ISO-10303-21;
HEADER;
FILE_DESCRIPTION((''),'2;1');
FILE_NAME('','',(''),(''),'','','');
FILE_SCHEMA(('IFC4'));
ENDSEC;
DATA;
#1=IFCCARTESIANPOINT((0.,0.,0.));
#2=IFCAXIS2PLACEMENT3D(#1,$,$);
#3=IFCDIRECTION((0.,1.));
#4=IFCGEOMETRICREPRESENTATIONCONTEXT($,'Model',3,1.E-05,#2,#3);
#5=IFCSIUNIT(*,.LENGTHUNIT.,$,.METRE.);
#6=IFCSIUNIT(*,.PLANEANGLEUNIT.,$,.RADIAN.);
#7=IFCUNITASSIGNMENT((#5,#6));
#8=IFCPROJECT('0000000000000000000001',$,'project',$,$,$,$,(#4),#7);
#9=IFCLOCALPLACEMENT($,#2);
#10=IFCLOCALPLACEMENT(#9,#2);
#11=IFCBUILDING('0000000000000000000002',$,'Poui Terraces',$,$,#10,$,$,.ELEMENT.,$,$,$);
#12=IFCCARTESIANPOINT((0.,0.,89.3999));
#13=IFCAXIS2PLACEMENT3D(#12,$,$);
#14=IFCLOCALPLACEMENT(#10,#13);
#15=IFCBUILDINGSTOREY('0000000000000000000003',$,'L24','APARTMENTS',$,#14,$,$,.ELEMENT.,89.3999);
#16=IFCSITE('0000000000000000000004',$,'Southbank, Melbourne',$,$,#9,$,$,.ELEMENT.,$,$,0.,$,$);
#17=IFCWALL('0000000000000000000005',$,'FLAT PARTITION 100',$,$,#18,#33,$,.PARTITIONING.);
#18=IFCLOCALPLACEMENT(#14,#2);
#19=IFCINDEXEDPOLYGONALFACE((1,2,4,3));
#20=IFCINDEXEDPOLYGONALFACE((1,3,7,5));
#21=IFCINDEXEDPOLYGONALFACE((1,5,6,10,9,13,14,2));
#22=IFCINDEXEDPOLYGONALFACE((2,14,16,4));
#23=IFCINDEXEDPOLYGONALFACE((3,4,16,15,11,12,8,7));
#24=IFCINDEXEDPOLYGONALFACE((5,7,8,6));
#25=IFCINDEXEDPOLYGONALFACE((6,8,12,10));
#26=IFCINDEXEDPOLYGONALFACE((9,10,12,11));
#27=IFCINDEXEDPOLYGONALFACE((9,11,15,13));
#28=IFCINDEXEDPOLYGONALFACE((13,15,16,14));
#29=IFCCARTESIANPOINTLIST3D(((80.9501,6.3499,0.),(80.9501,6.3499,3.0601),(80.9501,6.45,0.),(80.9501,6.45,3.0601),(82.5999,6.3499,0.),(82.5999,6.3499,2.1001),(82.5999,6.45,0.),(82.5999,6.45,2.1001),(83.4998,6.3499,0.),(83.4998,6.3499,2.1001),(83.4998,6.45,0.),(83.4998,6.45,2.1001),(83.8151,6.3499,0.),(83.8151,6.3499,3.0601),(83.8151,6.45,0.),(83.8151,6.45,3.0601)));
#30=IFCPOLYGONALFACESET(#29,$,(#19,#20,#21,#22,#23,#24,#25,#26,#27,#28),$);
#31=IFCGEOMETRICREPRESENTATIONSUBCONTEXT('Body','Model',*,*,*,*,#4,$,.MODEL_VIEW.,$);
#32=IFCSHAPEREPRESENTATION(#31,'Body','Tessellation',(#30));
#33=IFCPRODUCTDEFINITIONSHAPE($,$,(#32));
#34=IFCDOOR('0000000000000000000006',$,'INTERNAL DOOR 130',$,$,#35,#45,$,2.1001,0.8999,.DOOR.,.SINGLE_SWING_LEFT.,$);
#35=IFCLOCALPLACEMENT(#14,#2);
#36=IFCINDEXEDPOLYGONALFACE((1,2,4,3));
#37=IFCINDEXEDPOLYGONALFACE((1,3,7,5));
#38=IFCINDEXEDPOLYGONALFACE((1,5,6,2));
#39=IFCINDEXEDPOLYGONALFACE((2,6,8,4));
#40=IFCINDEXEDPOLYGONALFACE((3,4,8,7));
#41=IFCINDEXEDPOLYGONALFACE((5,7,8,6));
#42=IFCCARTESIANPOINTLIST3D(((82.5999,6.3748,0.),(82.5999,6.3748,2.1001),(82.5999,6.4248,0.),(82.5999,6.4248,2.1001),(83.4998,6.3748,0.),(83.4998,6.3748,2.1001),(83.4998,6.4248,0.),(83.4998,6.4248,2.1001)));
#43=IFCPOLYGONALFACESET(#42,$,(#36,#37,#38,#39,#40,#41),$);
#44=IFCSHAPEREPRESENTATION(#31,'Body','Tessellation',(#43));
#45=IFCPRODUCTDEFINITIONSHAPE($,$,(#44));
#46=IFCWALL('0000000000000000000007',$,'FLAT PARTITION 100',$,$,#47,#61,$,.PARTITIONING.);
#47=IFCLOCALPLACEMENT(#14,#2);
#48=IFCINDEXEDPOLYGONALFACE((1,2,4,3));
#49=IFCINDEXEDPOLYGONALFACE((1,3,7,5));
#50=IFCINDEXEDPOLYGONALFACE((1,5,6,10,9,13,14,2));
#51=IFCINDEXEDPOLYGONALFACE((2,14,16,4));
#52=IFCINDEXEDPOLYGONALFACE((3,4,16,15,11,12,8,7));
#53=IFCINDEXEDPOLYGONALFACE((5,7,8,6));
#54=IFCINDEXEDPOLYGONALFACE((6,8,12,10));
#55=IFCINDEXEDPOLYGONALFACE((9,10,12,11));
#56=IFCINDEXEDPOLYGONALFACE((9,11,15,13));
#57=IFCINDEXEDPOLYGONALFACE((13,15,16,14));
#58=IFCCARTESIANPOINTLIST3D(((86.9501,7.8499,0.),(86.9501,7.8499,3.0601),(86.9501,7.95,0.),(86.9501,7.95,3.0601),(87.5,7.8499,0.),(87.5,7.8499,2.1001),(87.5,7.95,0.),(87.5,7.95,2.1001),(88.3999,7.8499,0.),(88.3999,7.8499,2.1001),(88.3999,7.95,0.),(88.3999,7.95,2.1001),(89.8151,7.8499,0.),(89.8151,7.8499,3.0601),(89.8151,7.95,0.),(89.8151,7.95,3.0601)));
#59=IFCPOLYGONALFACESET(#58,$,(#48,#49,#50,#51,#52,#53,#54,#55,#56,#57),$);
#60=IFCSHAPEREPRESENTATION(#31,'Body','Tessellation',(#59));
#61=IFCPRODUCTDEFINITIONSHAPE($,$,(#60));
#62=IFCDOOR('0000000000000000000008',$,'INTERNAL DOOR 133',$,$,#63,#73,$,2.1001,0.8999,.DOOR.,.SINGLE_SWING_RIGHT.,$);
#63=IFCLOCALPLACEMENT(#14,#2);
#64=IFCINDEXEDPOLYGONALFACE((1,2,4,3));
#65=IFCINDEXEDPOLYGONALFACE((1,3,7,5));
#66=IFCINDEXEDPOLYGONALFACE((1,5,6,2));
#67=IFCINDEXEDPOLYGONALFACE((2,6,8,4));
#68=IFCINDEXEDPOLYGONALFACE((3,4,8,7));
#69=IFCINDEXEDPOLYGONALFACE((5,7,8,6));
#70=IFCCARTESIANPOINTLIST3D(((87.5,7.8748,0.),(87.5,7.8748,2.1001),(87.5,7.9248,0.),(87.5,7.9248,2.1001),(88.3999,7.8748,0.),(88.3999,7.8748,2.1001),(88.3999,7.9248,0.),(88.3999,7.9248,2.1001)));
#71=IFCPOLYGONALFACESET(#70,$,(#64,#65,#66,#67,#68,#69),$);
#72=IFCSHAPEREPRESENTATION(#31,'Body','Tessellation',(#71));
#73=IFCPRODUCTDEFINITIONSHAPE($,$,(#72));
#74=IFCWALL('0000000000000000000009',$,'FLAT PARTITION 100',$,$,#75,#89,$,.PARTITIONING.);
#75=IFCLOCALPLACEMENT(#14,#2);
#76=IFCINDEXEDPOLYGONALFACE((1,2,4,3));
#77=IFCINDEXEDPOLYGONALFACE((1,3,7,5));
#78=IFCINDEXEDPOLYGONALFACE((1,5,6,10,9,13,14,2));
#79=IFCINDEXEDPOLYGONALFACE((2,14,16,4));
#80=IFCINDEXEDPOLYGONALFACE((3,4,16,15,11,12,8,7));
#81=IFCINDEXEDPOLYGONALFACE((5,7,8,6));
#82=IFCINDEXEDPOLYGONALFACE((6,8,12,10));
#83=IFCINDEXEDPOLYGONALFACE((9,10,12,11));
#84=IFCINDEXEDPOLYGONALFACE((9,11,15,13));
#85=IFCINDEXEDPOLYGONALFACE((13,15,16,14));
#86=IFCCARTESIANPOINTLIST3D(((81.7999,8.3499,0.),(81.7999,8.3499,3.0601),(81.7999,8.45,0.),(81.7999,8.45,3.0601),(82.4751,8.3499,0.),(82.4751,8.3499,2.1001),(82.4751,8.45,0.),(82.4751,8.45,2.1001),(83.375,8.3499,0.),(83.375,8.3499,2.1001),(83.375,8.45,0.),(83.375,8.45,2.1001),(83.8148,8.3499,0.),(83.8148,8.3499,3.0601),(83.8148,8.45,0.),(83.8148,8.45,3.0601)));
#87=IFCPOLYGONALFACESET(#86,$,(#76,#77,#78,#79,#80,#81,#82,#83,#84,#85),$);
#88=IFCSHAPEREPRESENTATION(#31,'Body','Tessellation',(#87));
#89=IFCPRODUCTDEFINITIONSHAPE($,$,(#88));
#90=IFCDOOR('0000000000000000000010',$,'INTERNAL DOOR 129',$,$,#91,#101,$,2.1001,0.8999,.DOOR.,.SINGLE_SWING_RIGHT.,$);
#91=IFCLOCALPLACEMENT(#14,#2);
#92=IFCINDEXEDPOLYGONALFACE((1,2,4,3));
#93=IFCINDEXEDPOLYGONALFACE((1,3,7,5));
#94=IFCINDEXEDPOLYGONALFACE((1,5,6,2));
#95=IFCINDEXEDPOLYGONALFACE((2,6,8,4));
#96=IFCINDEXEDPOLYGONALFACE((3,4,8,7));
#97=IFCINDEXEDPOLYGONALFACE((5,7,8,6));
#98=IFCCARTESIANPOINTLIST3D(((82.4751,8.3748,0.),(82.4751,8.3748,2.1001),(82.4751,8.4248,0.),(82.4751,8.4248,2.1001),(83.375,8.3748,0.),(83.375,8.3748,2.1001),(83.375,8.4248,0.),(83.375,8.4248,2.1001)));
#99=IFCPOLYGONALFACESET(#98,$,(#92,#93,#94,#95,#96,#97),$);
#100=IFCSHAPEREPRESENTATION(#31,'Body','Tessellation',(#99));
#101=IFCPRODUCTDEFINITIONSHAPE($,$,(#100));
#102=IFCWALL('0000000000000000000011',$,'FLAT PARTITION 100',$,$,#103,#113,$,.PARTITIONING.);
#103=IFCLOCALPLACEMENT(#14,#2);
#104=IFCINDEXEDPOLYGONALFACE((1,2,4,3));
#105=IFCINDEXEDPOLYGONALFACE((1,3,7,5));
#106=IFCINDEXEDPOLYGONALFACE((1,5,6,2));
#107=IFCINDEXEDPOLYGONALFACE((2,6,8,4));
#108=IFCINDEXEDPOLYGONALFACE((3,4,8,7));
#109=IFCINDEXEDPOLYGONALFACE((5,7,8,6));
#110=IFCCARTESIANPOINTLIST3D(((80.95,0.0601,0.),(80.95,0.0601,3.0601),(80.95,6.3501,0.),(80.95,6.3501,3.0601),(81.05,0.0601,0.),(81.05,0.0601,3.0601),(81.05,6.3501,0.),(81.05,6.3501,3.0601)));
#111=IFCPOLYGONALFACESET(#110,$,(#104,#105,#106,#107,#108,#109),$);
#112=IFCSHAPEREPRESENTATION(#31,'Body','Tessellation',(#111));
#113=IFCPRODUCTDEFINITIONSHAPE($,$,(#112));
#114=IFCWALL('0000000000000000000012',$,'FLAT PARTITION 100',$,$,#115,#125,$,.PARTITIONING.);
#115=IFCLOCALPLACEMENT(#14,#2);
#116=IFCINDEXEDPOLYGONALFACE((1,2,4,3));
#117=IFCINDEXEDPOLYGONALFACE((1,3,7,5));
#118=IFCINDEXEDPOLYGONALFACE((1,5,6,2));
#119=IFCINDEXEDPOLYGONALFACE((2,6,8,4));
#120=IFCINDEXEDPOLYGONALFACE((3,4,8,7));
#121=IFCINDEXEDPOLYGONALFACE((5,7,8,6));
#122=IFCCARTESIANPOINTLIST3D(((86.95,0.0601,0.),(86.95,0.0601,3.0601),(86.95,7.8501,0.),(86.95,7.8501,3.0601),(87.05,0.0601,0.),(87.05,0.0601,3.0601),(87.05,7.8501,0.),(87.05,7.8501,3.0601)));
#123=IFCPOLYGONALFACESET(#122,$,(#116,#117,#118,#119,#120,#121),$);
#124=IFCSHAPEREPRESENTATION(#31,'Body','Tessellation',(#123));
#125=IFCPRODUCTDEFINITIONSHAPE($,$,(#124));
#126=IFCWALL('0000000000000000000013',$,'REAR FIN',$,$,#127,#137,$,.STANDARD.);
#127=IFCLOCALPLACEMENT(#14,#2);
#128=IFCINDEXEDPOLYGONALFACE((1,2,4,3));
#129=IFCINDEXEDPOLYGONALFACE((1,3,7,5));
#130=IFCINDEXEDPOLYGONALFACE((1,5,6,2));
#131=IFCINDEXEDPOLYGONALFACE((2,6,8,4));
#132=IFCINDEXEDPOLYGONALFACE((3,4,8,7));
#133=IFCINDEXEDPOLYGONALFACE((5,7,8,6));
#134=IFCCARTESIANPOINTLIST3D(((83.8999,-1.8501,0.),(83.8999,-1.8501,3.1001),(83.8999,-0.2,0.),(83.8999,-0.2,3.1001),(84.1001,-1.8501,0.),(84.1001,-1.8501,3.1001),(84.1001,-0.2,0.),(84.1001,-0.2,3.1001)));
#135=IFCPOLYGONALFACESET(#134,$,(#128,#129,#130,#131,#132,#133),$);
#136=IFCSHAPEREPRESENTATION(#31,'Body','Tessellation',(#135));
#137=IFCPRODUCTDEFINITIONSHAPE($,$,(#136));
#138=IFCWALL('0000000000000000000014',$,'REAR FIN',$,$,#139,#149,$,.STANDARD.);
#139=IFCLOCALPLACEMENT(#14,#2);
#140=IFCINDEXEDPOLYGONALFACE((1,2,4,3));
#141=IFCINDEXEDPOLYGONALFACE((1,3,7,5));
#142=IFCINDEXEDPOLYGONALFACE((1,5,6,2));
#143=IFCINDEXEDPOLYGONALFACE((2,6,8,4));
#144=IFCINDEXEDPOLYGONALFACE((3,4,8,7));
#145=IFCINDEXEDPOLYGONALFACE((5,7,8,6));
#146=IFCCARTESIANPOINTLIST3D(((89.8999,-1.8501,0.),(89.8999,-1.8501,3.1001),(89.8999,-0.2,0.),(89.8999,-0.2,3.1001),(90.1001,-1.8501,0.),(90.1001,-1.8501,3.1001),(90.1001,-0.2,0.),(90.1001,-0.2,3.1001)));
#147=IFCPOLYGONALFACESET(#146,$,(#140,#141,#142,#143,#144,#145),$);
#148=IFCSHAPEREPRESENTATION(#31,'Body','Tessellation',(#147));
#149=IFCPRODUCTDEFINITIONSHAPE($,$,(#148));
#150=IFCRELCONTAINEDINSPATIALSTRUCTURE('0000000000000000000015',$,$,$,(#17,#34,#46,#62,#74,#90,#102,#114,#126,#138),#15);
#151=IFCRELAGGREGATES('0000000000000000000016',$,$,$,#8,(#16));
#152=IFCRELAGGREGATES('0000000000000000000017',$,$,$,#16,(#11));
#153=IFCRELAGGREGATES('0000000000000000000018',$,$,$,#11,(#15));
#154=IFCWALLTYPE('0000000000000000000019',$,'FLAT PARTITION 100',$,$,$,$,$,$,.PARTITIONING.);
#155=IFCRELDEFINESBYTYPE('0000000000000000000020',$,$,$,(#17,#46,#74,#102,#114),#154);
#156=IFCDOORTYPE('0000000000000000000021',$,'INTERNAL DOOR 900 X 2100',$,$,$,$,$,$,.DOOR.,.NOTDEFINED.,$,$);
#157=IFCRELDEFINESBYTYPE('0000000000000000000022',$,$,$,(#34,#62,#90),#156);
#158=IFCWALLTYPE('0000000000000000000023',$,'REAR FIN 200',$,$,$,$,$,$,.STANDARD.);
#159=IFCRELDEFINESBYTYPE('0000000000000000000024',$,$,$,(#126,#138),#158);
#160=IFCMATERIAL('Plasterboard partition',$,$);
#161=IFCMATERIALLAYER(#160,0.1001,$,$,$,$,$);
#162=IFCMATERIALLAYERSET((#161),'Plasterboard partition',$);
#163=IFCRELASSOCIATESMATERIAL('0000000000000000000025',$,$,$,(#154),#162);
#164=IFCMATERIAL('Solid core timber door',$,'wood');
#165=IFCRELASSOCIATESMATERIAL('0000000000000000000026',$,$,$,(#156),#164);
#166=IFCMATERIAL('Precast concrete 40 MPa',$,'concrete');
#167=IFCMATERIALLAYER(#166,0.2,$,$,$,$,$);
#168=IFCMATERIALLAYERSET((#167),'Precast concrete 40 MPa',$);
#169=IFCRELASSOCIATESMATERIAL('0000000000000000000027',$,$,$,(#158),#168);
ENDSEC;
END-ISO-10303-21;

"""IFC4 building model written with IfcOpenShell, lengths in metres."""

from ifc_helpers import new_model, si_unit, direction, frame, frame_2d, origin, place, context, subcontext, project, spatial, polyline, rectangle, outline, extrude, source, transform, mapped, material, layer, layer_set, type_object, element, fill, save


model = new_model("IFC4")

# Units and contexts
model_context = context("Model", 3, precision=1e-05, world=origin(), true_north=direction((0.0, 1.0)))
body_context = subcontext(model_context, "Body", "Model", "MODEL_VIEW")
ifc_project = project(units=[si_unit("LENGTHUNIT", "METRE"), si_unit("PLANEANGLEUNIT", "RADIAN")], contexts=[model_context])

# Site, building, storey
site_placement = place(None, origin())
site = spatial("IfcSite", under=ifc_project, at=site_placement, Name="Southbank, Melbourne", CompositionType="ELEMENT", RefElevation=0.0)
building_placement = place(site_placement, origin())
building = spatial("IfcBuilding", under=site, at=building_placement, Name="Poui Terraces", CompositionType="ELEMENT")
storey_placement = place(building_placement, frame((0.0, 0.0, 89.3999)))
storey = spatial("IfcBuildingStorey", under=building, at=storey_placement, Name="L24", Description="APARTMENTS", CompositionType="ELEMENT", Elevation=89.3999)

# Shared definitions
ifc_material_1 = material(Name="Precast concrete 40 MPa", Category="concrete")

# Walls, openings, doors
ifc_material_2 = material(Name="Plasterboard partition")
ifc_layer_1 = layer(ifc_material_2, 0.1001)
ifc_layer_set_1 = layer_set([ifc_layer_1], Name="Plasterboard partition")
wall_type_1 = type_object("IfcWallType", Name="FLAT PARTITION 100", PredefinedType="PARTITIONING", material=ifc_layer_set_1)
wall_1_placement = place(storey_placement, frame((80.95, 6.3999, 0.0), z_axis=(0.0, 0.0, 1.0), x_axis=(1.0, 0.0, 0.0)))
wall_1 = element("IfcWall", 1, at=wall_1_placement, inside=storey, type_object=wall_type_1, Name="FLAT PARTITION 100", PredefinedType="PARTITIONING", context=body_context, shape_type="SweptSolid", body=[
    extrude(rectangle(XDim=2.865, YDim=0.1001, at=frame_2d((1.4326, 0.0))), origin(), (0.0, 0.0, 1.0), 3.0601),
])
opening_1_placement = place(wall_1_placement, frame((1.6499, 0.0, 0.0)))
opening_1 = element("IfcOpeningElement", 2, at=opening_1_placement, cuts=wall_1, PredefinedType="OPENING", context=body_context, shape_type="SweptSolid", body=[
    extrude(rectangle(XDim=0.8999, YDim=2.1001, at=frame_2d((0.45, 1.05))), frame((0.0, 0.0601, 0.0), z_axis=(0.0, -1.0, 0.0), x_axis=(1.0, 0.0, 0.0)), (0.0, 0.0, 1.0), 0.1201),
])
ifc_material_3 = material(Name="Solid core timber door", Category="wood")
door_type = type_object("IfcDoorType", Name="INTERNAL DOOR 900 X 2100", OperationType="NOTDEFINED", PredefinedType="DOOR", material=ifc_material_3)
door_1_placement = place(opening_1_placement, origin())
door_1 = element("IfcDoor", 3, at=door_1_placement, inside=storey, type_object=door_type, Name="INTERNAL DOOR 130", OperationType="SINGLE_SWING_LEFT", OverallHeight=2.1001, OverallWidth=0.8999, PredefinedType="DOOR", context=body_context, shape_type="SweptSolid", body=[
    extrude(rectangle(XDim=0.8999, YDim=2.1001, at=frame_2d((0.45, 1.05))), frame((0.0, 0.0249, 0.0), z_axis=(0.0, -1.0, 0.0), x_axis=(1.0, 0.0, 0.0)), (0.0, 0.0, 1.0), 0.05),
])
fill(opening_1, door_1)
wall_2_placement = place(storey_placement, frame((86.95, 7.8999, 0.0), z_axis=(0.0, 0.0, 1.0), x_axis=(1.0, 0.0, 0.0)))
wall_2 = element("IfcWall", 4, at=wall_2_placement, inside=storey, type_object=wall_type_1, Name="FLAT PARTITION 100", PredefinedType="PARTITIONING", context=body_context, shape_type="SweptSolid", body=[
    extrude(rectangle(XDim=2.865, YDim=0.1001, at=frame_2d((1.4326, 0.0))), origin(), (0.0, 0.0, 1.0), 3.0601),
])
opening_2_placement = place(wall_2_placement, frame((0.55, 0.0, 0.0)))
opening_2 = element("IfcOpeningElement", 5, at=opening_2_placement, cuts=wall_2, PredefinedType="OPENING", context=body_context, shape_type="SweptSolid", body=[
    extrude(rectangle(XDim=0.8999, YDim=2.1001, at=frame_2d((0.45, 1.05))), frame((0.0, 0.0601, 0.0), z_axis=(0.0, -1.0, 0.0), x_axis=(1.0, 0.0, 0.0)), (0.0, 0.0, 1.0), 0.1201),
])
door_2_placement = place(opening_2_placement, origin())
door_2 = element("IfcDoor", 6, at=door_2_placement, inside=storey, type_object=door_type, Name="INTERNAL DOOR 133", OperationType="SINGLE_SWING_RIGHT", OverallHeight=2.1001, OverallWidth=0.8999, PredefinedType="DOOR", context=body_context, shape_type="SweptSolid", body=[
    extrude(rectangle(XDim=0.8999, YDim=2.1001, at=frame_2d((0.45, 1.05))), frame((0.0, 0.0249, 0.0), z_axis=(0.0, -1.0, 0.0), x_axis=(1.0, 0.0, 0.0)), (0.0, 0.0, 1.0), 0.05),
])
fill(opening_2, door_2)
wall_3_placement = place(storey_placement, frame((81.8, 8.3999, 0.0), z_axis=(0.0, 0.0, 1.0), x_axis=(1.0, 0.0, 0.0)))
wall_3 = element("IfcWall", 7, at=wall_3_placement, inside=storey, type_object=wall_type_1, Name="FLAT PARTITION 100", PredefinedType="PARTITIONING", context=body_context, shape_type="SweptSolid", body=[
    extrude(rectangle(XDim=2.0149, YDim=0.1001, at=frame_2d((1.0073, 0.0))), origin(), (0.0, 0.0, 1.0), 3.0601),
])
opening_3_placement = place(wall_3_placement, frame((0.675, 0.0, 0.0)))
opening_3 = element("IfcOpeningElement", 8, at=opening_3_placement, cuts=wall_3, PredefinedType="OPENING", context=body_context, shape_type="SweptSolid", body=[
    extrude(rectangle(XDim=0.8999, YDim=2.1001, at=frame_2d((0.45, 1.05))), frame((0.0, 0.0601, 0.0), z_axis=(0.0, -1.0, 0.0), x_axis=(1.0, 0.0, 0.0)), (0.0, 0.0, 1.0), 0.1201),
])
door_3_placement = place(opening_3_placement, origin())
door_3 = element("IfcDoor", 9, at=door_3_placement, inside=storey, type_object=door_type, Name="INTERNAL DOOR 129", OperationType="SINGLE_SWING_RIGHT", OverallHeight=2.1001, OverallWidth=0.8999, PredefinedType="DOOR", context=body_context, shape_type="SweptSolid", body=[
    extrude(rectangle(XDim=0.8999, YDim=2.1001, at=frame_2d((0.45, 1.05))), frame((0.0, 0.0249, 0.0), z_axis=(0.0, -1.0, 0.0), x_axis=(1.0, 0.0, 0.0)), (0.0, 0.0, 1.0), 0.05),
])
fill(opening_3, door_3)

# Walls
wall_4_placement = place(storey_placement, frame((81.0, 0.0601, 0.0), z_axis=(0.0, 0.0, 1.0), x_axis=(0.0, 1.0, 0.0)))
element("IfcWall", 10, at=wall_4_placement, inside=storey, type_object=wall_type_1, Name="FLAT PARTITION 100", PredefinedType="PARTITIONING", context=body_context, shape_type="SweptSolid", body=[
    extrude(rectangle(XDim=6.29, YDim=0.1001, at=frame_2d((3.145, 0.0))), origin(), (0.0, 0.0, 1.0), 3.0601),
])
wall_5_placement = place(storey_placement, frame((87.0, 0.0601, 0.0), z_axis=(0.0, 0.0, 1.0), x_axis=(0.0, 1.0, 0.0)))
element("IfcWall", 11, at=wall_5_placement, inside=storey, type_object=wall_type_1, Name="FLAT PARTITION 100", PredefinedType="PARTITIONING", context=body_context, shape_type="SweptSolid", body=[
    extrude(rectangle(XDim=7.79, YDim=0.1001, at=frame_2d((3.895, 0.0))), origin(), (0.0, 0.0, 1.0), 3.0601),
])
ifc_layer_2 = layer(ifc_material_1, 0.2)
ifc_layer_set_2 = layer_set([ifc_layer_2], Name="Precast concrete 40 MPa")
wall_type_2 = type_object("IfcWallType", Name="REAR FIN 200", PredefinedType="STANDARD", material=ifc_layer_set_2)
shared_shape_1 = source(origin(), body_context, "Body", "SweptSolid", [
    extrude(outline(polyline([(0.0, 0.0), (0.2002, 0.0), (0.2002, 1.6501), (0.0, 1.6501), (0.0, 0.0)])), origin(), (0.0, 0.0, 1.0), 3.1001),
])
for number, where, name in (
    (12, (83.8999, -1.8501, 0.0), "REAR FIN"),
    (13, (89.8999, -1.8501, 0.0), "REAR FIN"),
):
    element("IfcWall", number, at=place(storey_placement, frame(where)), inside=storey, type_object=wall_type_2, Name=name, PredefinedType="STANDARD", context=body_context, shape_type="MappedRepresentation", body=[
        mapped(shared_shape_1, transform((0.0, 0.0, 0.0))),
    ])

save(model, "model.ifc")
